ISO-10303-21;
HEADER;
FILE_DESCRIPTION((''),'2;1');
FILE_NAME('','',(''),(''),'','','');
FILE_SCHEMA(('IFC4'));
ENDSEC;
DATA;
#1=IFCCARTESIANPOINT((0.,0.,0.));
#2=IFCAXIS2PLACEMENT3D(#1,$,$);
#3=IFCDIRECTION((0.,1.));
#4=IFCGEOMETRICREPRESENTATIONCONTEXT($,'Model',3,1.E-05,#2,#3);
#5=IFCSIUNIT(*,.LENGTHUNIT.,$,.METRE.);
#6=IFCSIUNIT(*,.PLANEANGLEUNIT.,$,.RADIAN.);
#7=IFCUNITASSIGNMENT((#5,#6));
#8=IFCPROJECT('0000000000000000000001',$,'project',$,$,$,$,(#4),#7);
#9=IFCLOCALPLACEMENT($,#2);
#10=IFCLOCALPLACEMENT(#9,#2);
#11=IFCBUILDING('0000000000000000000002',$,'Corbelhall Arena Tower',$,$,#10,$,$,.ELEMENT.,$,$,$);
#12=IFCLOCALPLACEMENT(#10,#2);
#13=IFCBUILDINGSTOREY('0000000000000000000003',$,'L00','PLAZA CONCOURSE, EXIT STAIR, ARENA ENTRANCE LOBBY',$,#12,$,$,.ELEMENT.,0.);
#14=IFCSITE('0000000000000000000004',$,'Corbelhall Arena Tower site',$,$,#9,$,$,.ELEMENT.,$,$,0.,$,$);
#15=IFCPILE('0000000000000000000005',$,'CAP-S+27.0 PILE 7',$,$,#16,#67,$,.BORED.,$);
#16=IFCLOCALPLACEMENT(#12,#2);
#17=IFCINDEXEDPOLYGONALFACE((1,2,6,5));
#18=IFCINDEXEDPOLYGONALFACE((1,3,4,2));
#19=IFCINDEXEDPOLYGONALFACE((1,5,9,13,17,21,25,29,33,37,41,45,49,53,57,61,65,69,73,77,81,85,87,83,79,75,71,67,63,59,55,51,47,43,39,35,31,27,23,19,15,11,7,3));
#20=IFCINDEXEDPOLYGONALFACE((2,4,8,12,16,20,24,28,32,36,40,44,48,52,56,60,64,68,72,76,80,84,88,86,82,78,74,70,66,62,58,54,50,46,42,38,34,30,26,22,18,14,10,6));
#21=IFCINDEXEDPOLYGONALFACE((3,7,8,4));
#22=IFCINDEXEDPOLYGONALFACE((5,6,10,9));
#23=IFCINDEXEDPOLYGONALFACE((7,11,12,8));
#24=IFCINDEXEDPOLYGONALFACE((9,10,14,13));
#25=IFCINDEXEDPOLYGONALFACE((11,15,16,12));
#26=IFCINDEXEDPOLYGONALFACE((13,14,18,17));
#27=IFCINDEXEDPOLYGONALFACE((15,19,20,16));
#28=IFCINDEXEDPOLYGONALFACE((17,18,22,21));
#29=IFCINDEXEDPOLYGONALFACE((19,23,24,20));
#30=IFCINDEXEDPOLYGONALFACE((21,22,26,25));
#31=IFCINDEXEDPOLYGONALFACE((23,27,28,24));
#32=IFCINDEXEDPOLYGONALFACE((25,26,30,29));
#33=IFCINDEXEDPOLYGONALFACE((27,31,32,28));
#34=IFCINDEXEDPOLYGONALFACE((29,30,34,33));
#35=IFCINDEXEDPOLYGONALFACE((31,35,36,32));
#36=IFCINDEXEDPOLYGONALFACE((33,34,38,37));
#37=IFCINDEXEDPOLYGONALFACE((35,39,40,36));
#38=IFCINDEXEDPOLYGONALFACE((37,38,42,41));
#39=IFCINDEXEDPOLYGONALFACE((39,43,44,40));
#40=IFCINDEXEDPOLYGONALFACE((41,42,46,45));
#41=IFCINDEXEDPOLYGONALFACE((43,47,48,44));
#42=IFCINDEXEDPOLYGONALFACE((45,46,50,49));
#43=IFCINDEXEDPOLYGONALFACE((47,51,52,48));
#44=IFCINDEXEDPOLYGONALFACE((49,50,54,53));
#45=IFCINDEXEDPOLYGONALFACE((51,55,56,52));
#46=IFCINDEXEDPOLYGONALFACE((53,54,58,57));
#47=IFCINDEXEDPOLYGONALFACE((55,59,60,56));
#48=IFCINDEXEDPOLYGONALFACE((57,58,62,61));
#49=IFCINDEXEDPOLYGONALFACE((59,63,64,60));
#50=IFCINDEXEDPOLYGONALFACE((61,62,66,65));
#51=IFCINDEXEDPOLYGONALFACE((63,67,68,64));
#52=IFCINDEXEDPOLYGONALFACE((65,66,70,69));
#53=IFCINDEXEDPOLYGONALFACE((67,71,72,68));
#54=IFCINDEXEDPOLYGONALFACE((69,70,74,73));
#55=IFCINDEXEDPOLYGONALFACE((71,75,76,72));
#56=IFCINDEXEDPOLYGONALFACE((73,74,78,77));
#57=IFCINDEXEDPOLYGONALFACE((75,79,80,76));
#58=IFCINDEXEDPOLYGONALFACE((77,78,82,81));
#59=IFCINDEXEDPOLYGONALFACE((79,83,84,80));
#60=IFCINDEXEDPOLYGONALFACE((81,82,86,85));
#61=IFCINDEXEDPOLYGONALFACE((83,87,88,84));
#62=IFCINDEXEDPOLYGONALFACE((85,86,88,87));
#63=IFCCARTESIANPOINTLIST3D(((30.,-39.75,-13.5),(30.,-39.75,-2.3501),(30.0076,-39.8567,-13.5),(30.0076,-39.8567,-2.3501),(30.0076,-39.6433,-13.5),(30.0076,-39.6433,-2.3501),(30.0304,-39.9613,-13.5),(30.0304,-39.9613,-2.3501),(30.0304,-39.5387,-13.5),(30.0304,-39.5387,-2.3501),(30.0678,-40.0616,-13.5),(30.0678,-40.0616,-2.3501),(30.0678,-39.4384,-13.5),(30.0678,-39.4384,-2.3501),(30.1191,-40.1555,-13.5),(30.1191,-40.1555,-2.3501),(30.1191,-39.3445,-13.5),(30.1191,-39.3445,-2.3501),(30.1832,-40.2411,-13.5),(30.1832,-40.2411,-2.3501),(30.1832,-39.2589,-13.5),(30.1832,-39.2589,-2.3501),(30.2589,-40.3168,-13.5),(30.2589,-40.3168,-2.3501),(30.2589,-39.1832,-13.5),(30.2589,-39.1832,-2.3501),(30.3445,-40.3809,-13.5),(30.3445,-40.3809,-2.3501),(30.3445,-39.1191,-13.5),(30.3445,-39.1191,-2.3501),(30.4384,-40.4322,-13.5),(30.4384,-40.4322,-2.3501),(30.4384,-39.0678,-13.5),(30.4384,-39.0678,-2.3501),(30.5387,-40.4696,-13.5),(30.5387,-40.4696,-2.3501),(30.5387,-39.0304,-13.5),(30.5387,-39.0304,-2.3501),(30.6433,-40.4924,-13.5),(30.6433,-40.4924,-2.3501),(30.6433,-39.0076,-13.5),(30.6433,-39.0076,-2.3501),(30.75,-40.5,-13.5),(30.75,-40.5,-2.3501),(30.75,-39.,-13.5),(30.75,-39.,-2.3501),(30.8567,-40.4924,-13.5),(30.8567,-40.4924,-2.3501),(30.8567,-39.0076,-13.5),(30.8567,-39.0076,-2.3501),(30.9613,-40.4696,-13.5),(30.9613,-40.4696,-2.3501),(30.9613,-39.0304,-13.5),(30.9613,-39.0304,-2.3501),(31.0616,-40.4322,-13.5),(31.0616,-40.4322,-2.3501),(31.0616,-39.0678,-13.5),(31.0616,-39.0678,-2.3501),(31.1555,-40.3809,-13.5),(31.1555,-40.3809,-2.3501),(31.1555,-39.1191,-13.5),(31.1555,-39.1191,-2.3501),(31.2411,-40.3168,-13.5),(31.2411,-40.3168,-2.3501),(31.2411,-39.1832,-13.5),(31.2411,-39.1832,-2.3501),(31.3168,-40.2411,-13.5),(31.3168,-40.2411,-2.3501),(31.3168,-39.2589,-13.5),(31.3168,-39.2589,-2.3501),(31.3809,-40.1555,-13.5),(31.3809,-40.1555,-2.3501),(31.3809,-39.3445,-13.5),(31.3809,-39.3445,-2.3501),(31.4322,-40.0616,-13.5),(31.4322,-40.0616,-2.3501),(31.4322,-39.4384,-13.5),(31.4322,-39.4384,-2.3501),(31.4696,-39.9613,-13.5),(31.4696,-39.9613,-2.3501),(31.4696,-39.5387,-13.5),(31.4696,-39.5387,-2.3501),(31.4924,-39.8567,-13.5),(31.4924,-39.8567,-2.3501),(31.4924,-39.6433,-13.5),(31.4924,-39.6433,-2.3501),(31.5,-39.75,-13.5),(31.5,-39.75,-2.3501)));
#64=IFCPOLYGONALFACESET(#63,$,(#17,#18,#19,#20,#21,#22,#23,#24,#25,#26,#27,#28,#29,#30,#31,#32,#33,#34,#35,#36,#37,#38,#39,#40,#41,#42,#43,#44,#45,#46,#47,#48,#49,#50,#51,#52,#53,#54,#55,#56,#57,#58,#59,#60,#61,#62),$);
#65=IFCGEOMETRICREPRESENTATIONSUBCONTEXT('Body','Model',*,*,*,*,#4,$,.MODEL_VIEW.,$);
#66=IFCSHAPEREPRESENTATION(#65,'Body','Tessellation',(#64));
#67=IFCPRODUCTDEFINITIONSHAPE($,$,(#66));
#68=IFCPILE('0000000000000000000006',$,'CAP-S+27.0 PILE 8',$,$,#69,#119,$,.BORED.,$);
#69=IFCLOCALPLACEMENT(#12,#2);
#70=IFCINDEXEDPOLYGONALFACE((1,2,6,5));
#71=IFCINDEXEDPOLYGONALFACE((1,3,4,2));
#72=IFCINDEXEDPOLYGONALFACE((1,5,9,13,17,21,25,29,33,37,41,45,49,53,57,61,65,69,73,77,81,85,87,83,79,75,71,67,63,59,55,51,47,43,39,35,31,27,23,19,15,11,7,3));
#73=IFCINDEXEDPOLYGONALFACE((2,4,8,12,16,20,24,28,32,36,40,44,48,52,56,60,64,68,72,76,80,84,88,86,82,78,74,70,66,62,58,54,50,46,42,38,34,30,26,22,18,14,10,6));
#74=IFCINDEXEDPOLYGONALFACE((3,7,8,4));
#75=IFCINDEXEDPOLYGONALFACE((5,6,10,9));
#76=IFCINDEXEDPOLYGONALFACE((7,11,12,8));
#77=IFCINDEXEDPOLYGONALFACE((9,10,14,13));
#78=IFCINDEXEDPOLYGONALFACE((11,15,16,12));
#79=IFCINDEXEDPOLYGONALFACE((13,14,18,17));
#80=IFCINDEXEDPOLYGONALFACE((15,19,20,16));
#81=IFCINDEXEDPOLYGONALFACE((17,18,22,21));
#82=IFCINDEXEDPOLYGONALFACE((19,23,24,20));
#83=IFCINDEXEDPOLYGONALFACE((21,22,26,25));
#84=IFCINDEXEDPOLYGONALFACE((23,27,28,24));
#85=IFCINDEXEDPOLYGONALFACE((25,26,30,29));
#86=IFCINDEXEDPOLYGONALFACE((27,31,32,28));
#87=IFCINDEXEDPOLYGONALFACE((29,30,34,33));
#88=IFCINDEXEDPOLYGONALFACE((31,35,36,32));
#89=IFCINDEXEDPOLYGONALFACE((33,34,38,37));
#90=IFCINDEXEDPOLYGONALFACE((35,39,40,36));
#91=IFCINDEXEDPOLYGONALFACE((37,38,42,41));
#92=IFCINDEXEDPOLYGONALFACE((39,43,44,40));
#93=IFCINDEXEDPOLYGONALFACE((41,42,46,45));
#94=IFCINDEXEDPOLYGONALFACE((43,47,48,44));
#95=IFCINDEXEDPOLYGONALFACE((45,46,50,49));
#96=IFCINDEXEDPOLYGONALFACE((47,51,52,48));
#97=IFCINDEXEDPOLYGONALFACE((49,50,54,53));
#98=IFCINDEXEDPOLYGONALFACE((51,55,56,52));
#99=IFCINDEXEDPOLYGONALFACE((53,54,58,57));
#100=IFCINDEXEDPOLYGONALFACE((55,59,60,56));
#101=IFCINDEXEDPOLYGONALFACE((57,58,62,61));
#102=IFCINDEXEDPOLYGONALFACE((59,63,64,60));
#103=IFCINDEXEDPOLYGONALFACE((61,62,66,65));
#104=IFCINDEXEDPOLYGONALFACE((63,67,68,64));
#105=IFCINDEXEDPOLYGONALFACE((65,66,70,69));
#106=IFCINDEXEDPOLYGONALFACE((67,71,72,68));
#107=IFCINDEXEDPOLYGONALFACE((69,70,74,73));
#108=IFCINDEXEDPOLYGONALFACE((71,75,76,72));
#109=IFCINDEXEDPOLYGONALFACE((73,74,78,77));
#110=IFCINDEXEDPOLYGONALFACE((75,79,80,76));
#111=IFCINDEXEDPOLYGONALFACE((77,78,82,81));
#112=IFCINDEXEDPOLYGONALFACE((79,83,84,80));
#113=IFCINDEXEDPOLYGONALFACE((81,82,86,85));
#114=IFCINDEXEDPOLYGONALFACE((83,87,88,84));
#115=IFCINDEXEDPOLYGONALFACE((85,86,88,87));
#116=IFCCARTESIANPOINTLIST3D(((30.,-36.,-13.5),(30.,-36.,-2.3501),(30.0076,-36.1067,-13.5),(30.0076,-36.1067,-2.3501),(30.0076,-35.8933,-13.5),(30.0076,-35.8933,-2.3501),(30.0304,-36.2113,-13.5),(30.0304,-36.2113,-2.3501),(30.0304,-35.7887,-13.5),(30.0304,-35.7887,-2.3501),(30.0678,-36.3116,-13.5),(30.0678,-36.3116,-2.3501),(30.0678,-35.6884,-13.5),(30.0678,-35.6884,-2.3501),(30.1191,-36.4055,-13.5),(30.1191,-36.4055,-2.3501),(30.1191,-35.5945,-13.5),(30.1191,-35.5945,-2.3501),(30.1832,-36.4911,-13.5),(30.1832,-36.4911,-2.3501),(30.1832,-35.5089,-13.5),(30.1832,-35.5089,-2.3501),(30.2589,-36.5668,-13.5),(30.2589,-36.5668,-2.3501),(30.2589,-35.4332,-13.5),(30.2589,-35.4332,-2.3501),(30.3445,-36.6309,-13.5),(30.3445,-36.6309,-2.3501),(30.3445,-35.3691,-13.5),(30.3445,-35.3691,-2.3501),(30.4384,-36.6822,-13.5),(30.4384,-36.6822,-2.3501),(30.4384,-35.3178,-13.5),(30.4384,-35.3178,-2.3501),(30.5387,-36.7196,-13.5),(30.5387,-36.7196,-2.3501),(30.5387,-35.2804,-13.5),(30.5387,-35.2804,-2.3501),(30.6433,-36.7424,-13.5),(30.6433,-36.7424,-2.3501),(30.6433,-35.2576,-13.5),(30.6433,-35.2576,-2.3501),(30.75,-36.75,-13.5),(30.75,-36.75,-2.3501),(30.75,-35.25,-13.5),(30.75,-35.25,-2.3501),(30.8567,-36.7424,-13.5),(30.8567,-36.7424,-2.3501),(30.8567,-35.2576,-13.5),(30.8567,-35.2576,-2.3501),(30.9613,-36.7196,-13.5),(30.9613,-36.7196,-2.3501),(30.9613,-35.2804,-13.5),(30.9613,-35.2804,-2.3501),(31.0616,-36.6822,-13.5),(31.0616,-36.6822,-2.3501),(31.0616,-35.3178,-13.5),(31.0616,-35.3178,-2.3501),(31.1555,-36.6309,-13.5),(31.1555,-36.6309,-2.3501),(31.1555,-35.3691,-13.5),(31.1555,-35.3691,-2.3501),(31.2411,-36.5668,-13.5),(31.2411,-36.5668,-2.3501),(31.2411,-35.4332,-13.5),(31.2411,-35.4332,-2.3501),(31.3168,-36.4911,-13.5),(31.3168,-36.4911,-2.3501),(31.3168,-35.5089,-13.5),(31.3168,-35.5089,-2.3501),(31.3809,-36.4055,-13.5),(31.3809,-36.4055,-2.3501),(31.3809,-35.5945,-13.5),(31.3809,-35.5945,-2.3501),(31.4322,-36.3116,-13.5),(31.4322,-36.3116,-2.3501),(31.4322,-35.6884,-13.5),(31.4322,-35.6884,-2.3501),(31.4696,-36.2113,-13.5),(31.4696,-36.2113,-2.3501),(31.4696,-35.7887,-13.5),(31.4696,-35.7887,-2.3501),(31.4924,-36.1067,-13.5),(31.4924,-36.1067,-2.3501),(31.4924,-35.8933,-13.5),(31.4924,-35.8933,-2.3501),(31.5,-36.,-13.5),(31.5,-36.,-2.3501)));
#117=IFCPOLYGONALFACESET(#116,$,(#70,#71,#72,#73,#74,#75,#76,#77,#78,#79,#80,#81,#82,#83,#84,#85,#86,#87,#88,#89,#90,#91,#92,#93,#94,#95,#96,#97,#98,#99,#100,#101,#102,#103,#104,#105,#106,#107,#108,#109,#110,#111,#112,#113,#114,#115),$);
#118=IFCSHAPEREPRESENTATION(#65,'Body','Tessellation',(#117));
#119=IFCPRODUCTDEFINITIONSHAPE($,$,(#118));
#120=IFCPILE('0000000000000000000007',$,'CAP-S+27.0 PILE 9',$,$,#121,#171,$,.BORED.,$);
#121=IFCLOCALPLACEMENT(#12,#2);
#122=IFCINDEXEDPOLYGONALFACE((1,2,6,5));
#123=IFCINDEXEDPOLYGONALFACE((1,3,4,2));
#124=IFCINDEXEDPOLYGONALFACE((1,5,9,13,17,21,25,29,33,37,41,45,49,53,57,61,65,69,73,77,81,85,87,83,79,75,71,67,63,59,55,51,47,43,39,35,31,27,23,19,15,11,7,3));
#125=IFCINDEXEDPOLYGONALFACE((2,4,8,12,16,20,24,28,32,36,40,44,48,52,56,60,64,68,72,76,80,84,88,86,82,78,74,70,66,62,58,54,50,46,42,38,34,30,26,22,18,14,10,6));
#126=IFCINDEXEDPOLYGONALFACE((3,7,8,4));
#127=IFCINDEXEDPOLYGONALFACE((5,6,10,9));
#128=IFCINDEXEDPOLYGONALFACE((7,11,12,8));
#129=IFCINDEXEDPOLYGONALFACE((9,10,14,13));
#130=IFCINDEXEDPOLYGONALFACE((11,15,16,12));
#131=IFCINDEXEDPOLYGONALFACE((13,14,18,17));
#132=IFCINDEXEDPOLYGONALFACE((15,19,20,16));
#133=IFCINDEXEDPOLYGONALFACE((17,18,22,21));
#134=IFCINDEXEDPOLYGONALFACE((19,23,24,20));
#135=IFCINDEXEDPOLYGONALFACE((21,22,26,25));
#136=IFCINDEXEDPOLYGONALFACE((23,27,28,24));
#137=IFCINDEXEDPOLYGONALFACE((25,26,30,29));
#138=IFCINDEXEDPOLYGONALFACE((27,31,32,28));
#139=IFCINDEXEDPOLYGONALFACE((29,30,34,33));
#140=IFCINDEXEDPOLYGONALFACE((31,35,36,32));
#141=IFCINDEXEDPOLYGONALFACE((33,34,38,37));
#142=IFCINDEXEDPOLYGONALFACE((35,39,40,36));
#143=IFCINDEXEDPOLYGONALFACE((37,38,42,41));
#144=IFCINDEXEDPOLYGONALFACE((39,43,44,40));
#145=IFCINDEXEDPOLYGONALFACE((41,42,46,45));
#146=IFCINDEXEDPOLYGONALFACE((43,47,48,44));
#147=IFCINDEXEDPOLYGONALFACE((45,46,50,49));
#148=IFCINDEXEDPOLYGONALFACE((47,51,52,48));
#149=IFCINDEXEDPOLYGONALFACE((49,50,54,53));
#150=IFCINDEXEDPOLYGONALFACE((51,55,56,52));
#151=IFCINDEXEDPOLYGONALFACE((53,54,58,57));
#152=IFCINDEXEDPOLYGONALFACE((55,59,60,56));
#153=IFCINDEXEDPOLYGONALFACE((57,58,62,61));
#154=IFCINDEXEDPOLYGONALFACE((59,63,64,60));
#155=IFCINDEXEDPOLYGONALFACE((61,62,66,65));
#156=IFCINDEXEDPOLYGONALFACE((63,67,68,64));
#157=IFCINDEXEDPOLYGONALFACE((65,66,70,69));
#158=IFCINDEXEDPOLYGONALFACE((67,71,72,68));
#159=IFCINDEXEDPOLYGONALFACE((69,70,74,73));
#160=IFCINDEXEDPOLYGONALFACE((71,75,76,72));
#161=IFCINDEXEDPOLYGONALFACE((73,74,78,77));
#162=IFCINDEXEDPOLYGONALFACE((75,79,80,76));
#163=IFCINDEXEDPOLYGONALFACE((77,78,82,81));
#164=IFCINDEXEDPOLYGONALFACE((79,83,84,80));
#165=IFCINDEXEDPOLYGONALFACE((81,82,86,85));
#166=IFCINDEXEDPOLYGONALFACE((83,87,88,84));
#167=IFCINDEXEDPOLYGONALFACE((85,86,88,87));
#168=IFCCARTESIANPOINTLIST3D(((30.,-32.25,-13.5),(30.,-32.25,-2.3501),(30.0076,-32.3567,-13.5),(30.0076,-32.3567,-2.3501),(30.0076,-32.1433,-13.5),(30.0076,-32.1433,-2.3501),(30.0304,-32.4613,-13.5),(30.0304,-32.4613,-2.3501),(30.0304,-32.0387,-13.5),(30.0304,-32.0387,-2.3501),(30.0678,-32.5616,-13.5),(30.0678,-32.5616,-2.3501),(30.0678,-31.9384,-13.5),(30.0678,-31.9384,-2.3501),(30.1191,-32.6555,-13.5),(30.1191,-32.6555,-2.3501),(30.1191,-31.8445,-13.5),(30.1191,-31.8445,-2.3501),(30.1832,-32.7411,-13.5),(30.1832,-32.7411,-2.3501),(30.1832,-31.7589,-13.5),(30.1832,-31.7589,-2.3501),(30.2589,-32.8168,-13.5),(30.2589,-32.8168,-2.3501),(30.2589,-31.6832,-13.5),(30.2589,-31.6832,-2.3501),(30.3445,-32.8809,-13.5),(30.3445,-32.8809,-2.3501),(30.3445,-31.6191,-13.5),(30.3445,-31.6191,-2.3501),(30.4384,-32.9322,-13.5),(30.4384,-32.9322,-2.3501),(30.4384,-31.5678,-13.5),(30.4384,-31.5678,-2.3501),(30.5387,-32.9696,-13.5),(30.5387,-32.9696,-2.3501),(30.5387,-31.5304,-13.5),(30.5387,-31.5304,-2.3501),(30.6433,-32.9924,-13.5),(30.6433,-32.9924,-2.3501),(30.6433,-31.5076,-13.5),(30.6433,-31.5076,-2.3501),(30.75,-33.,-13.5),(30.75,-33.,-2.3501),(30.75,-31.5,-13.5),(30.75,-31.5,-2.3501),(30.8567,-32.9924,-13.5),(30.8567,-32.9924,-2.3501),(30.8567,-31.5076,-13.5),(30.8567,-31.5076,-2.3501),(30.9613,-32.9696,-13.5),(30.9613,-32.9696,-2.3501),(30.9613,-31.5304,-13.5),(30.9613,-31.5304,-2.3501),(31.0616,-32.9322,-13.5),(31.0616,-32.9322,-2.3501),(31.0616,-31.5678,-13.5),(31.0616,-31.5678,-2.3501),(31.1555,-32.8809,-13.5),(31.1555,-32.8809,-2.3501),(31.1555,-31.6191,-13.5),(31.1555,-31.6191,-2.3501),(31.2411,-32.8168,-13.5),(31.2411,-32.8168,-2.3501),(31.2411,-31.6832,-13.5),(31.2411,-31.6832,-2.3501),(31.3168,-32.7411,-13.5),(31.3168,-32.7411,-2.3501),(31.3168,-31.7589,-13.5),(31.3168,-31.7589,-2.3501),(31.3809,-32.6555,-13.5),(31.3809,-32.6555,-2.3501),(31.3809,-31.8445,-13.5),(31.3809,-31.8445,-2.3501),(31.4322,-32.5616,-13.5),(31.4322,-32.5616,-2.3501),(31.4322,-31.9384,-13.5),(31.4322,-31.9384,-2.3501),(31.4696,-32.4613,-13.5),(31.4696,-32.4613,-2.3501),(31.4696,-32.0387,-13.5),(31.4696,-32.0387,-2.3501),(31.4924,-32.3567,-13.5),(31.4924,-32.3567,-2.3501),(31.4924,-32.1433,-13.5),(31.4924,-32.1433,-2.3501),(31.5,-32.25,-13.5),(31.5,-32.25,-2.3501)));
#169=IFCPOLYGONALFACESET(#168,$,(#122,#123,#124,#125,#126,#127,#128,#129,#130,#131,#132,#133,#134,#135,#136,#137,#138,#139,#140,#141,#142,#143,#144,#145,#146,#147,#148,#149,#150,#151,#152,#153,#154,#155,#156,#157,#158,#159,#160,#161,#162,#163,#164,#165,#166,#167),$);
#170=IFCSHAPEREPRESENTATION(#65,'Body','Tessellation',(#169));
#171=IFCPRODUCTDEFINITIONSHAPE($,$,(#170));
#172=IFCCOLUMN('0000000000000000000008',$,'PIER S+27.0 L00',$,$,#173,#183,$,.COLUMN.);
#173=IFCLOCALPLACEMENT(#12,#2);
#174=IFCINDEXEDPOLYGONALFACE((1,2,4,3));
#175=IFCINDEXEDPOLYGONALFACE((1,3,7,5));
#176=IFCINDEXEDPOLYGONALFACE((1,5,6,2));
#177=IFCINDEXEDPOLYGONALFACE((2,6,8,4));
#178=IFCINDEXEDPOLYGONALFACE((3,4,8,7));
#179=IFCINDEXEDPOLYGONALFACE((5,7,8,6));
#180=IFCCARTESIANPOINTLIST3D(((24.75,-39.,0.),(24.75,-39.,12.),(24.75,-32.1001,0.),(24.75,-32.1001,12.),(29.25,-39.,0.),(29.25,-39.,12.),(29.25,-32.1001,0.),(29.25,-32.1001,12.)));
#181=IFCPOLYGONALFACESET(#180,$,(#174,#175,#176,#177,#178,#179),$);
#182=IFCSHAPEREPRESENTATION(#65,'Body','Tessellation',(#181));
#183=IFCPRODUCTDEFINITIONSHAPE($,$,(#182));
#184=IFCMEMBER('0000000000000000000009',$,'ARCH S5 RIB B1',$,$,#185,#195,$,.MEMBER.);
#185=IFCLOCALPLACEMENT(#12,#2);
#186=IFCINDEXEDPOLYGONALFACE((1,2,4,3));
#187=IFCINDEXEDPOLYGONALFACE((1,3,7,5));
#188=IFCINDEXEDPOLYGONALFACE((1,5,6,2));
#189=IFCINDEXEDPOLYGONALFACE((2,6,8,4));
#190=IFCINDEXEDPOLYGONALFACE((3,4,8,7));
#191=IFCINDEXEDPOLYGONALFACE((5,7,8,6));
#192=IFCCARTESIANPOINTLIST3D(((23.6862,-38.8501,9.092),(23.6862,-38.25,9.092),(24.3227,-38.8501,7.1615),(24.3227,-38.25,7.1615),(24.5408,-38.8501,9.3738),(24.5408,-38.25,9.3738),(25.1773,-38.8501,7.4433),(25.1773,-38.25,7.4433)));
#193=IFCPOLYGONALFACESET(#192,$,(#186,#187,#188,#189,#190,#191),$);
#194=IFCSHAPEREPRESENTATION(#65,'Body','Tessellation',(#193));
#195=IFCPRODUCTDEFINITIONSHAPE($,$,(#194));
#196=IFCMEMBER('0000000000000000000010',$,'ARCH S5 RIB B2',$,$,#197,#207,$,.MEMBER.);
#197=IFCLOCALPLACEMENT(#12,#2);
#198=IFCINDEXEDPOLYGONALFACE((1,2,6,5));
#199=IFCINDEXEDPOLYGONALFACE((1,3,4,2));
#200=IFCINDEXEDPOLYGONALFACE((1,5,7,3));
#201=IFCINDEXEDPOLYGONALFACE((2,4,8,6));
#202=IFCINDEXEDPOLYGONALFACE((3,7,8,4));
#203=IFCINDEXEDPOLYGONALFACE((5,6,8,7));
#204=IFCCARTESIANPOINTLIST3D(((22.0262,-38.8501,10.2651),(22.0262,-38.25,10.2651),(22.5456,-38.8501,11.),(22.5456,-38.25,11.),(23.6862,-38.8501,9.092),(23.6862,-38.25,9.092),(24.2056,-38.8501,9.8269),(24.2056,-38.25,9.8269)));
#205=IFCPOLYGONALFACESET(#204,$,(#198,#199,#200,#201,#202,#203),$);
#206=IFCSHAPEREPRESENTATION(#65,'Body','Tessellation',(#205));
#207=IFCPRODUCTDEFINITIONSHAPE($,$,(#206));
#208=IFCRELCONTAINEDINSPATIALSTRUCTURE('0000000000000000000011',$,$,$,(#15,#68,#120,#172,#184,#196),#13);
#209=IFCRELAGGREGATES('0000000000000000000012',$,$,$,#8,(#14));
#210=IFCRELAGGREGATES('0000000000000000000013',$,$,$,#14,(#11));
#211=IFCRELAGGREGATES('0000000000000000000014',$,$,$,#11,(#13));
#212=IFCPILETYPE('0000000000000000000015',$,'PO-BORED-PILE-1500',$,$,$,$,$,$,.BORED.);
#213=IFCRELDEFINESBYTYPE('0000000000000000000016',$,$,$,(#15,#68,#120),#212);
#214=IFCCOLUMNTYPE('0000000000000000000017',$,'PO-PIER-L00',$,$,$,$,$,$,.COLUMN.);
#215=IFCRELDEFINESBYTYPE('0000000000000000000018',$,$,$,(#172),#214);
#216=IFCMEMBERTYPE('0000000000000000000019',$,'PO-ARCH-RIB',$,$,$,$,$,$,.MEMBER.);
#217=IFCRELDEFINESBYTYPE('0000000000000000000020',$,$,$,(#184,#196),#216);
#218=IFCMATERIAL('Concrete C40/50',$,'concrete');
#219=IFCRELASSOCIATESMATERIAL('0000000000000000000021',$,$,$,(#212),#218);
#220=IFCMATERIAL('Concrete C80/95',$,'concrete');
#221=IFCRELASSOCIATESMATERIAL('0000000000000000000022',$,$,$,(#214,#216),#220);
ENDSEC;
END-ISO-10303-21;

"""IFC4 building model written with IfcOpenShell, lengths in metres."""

from ifc_helpers import new_model, si_unit, direction, frame, origin, origin_2d, place, context, subcontext, project, spatial, rectangle, circle, extrude, material, material_profile, profile_set, type_object, element, save


model = new_model("IFC4")

# Units and contexts
model_context = context("Model", 3, precision=1e-05, world=origin(), true_north=direction((0.0, 1.0)))
body_context = subcontext(model_context, "Body", "Model", "MODEL_VIEW")
ifc_project = project(units=[si_unit("LENGTHUNIT", "METRE"), si_unit("PLANEANGLEUNIT", "RADIAN")], contexts=[model_context])

# Site, building, storey
site_placement = place(None, origin())
site = spatial("IfcSite", under=ifc_project, at=site_placement, Name="Corbelhall Arena Tower site", CompositionType="ELEMENT", RefElevation=0.0)
building_placement = place(site_placement, origin())
building = spatial("IfcBuilding", under=site, at=building_placement, Name="Corbelhall Arena Tower", CompositionType="ELEMENT")
storey_placement = place(building_placement, origin())
storey = spatial("IfcBuildingStorey", under=building, at=storey_placement, Name="L00", Description="PLAZA CONCOURSE, EXIT STAIR, ARENA ENTRANCE LOBBY", CompositionType="ELEMENT", Elevation=0.0)

# Piles
ifc_material_1 = material(Name="Concrete C40/50", Category="concrete")
ifc_material_profile_1 = material_profile(ifc_material_1, circle(Radius=0.75, at=origin_2d()))
ifc_profile_set_1 = profile_set([ifc_material_profile_1], Name="Concrete C40/50")
pile_type = type_object("IfcPileType", Name="PO-BORED-PILE-1500", PredefinedType="BORED", material=ifc_profile_set_1)
for number, where, z_axis, x_axis, name in (
    (1, (30.75, -39.75, -2.3501), (0.0, 0.0, -1.0), (1.0, 0.0, 0.0), "CAP-S+27.0 PILE 7"),
    (2, (30.75, -36.0, -2.3501), (0.0, 0.0, -1.0), (1.0, 0.0, 0.0), "CAP-S+27.0 PILE 8"),
    (3, (30.75, -32.25, -2.3501), (0.0, 0.0, -1.0), (1.0, 0.0, 0.0), "CAP-S+27.0 PILE 9"),
):
    element("IfcPile", number, at=place(storey_placement, frame(where, z_axis=z_axis, x_axis=x_axis)), inside=storey, type_object=pile_type, Name=name, PredefinedType="BORED", context=body_context, shape_type="SweptSolid", body=[
        extrude(circle(Radius=0.75, at=origin_2d()), origin(), (0.0, 0.0, 1.0), 11.1499),
    ])

# Column
ifc_material_2 = material(Name="Concrete C80/95", Category="concrete")
ifc_material_profile_2 = material_profile(ifc_material_2, rectangle(XDim=4.5, YDim=6.8999, at=origin_2d()))
ifc_profile_set_2 = profile_set([ifc_material_profile_2], Name="Concrete C80/95")
column_type = type_object("IfcColumnType", Name="PO-PIER-L00", PredefinedType="COLUMN", material=ifc_profile_set_2)
column_placement = place(storey_placement, frame((27.0, -35.55, 0.0), z_axis=(0.0, 0.0, 1.0), x_axis=(1.0, 0.0, 0.0)))
element("IfcColumn", 4, at=column_placement, inside=storey, type_object=column_type, Name="PIER S+27.0 L00", PredefinedType="COLUMN", context=body_context, shape_type="SweptSolid", body=[
    extrude(rectangle(XDim=4.5, YDim=6.8999, at=origin_2d()), origin(), (0.0, 0.0, 1.0), 12.0),
])

# Members
ifc_material_profile_3 = material_profile(ifc_material_2, rectangle(XDim=0.6001, YDim=0.8999, at=origin_2d()))
ifc_profile_set_3 = profile_set([ifc_material_profile_3], Name="Concrete C80/95")
member_type = type_object("IfcMemberType", Name="PO-ARCH-RIB", PredefinedType="MEMBER", material=ifc_profile_set_3)
for number, where, z_axis, x_axis, name in (
    (5, (24.1135, -38.55, 9.2329), (0.313127, 0.0, -0.949711), (0.0, 1.0, 0.0), "ARCH S5 RIB B1"),
    (6, (22.2859, -38.55, 10.6326), (0.816645, 0.0, -0.577141), (0.0, 1.0, 0.0), "ARCH S5 RIB B2"),
):
    element("IfcMember", number, at=place(storey_placement, frame(where, z_axis=z_axis, x_axis=x_axis)), inside=storey, type_object=member_type, Name=name, PredefinedType="MEMBER", context=body_context, shape_type="SweptSolid", body=[
        extrude(rectangle(XDim=0.6001, YDim=0.8999, at=origin_2d()), origin(), (0.0, 0.0, 1.0), 2.0327),
    ])

save(model, "model.ifc")
